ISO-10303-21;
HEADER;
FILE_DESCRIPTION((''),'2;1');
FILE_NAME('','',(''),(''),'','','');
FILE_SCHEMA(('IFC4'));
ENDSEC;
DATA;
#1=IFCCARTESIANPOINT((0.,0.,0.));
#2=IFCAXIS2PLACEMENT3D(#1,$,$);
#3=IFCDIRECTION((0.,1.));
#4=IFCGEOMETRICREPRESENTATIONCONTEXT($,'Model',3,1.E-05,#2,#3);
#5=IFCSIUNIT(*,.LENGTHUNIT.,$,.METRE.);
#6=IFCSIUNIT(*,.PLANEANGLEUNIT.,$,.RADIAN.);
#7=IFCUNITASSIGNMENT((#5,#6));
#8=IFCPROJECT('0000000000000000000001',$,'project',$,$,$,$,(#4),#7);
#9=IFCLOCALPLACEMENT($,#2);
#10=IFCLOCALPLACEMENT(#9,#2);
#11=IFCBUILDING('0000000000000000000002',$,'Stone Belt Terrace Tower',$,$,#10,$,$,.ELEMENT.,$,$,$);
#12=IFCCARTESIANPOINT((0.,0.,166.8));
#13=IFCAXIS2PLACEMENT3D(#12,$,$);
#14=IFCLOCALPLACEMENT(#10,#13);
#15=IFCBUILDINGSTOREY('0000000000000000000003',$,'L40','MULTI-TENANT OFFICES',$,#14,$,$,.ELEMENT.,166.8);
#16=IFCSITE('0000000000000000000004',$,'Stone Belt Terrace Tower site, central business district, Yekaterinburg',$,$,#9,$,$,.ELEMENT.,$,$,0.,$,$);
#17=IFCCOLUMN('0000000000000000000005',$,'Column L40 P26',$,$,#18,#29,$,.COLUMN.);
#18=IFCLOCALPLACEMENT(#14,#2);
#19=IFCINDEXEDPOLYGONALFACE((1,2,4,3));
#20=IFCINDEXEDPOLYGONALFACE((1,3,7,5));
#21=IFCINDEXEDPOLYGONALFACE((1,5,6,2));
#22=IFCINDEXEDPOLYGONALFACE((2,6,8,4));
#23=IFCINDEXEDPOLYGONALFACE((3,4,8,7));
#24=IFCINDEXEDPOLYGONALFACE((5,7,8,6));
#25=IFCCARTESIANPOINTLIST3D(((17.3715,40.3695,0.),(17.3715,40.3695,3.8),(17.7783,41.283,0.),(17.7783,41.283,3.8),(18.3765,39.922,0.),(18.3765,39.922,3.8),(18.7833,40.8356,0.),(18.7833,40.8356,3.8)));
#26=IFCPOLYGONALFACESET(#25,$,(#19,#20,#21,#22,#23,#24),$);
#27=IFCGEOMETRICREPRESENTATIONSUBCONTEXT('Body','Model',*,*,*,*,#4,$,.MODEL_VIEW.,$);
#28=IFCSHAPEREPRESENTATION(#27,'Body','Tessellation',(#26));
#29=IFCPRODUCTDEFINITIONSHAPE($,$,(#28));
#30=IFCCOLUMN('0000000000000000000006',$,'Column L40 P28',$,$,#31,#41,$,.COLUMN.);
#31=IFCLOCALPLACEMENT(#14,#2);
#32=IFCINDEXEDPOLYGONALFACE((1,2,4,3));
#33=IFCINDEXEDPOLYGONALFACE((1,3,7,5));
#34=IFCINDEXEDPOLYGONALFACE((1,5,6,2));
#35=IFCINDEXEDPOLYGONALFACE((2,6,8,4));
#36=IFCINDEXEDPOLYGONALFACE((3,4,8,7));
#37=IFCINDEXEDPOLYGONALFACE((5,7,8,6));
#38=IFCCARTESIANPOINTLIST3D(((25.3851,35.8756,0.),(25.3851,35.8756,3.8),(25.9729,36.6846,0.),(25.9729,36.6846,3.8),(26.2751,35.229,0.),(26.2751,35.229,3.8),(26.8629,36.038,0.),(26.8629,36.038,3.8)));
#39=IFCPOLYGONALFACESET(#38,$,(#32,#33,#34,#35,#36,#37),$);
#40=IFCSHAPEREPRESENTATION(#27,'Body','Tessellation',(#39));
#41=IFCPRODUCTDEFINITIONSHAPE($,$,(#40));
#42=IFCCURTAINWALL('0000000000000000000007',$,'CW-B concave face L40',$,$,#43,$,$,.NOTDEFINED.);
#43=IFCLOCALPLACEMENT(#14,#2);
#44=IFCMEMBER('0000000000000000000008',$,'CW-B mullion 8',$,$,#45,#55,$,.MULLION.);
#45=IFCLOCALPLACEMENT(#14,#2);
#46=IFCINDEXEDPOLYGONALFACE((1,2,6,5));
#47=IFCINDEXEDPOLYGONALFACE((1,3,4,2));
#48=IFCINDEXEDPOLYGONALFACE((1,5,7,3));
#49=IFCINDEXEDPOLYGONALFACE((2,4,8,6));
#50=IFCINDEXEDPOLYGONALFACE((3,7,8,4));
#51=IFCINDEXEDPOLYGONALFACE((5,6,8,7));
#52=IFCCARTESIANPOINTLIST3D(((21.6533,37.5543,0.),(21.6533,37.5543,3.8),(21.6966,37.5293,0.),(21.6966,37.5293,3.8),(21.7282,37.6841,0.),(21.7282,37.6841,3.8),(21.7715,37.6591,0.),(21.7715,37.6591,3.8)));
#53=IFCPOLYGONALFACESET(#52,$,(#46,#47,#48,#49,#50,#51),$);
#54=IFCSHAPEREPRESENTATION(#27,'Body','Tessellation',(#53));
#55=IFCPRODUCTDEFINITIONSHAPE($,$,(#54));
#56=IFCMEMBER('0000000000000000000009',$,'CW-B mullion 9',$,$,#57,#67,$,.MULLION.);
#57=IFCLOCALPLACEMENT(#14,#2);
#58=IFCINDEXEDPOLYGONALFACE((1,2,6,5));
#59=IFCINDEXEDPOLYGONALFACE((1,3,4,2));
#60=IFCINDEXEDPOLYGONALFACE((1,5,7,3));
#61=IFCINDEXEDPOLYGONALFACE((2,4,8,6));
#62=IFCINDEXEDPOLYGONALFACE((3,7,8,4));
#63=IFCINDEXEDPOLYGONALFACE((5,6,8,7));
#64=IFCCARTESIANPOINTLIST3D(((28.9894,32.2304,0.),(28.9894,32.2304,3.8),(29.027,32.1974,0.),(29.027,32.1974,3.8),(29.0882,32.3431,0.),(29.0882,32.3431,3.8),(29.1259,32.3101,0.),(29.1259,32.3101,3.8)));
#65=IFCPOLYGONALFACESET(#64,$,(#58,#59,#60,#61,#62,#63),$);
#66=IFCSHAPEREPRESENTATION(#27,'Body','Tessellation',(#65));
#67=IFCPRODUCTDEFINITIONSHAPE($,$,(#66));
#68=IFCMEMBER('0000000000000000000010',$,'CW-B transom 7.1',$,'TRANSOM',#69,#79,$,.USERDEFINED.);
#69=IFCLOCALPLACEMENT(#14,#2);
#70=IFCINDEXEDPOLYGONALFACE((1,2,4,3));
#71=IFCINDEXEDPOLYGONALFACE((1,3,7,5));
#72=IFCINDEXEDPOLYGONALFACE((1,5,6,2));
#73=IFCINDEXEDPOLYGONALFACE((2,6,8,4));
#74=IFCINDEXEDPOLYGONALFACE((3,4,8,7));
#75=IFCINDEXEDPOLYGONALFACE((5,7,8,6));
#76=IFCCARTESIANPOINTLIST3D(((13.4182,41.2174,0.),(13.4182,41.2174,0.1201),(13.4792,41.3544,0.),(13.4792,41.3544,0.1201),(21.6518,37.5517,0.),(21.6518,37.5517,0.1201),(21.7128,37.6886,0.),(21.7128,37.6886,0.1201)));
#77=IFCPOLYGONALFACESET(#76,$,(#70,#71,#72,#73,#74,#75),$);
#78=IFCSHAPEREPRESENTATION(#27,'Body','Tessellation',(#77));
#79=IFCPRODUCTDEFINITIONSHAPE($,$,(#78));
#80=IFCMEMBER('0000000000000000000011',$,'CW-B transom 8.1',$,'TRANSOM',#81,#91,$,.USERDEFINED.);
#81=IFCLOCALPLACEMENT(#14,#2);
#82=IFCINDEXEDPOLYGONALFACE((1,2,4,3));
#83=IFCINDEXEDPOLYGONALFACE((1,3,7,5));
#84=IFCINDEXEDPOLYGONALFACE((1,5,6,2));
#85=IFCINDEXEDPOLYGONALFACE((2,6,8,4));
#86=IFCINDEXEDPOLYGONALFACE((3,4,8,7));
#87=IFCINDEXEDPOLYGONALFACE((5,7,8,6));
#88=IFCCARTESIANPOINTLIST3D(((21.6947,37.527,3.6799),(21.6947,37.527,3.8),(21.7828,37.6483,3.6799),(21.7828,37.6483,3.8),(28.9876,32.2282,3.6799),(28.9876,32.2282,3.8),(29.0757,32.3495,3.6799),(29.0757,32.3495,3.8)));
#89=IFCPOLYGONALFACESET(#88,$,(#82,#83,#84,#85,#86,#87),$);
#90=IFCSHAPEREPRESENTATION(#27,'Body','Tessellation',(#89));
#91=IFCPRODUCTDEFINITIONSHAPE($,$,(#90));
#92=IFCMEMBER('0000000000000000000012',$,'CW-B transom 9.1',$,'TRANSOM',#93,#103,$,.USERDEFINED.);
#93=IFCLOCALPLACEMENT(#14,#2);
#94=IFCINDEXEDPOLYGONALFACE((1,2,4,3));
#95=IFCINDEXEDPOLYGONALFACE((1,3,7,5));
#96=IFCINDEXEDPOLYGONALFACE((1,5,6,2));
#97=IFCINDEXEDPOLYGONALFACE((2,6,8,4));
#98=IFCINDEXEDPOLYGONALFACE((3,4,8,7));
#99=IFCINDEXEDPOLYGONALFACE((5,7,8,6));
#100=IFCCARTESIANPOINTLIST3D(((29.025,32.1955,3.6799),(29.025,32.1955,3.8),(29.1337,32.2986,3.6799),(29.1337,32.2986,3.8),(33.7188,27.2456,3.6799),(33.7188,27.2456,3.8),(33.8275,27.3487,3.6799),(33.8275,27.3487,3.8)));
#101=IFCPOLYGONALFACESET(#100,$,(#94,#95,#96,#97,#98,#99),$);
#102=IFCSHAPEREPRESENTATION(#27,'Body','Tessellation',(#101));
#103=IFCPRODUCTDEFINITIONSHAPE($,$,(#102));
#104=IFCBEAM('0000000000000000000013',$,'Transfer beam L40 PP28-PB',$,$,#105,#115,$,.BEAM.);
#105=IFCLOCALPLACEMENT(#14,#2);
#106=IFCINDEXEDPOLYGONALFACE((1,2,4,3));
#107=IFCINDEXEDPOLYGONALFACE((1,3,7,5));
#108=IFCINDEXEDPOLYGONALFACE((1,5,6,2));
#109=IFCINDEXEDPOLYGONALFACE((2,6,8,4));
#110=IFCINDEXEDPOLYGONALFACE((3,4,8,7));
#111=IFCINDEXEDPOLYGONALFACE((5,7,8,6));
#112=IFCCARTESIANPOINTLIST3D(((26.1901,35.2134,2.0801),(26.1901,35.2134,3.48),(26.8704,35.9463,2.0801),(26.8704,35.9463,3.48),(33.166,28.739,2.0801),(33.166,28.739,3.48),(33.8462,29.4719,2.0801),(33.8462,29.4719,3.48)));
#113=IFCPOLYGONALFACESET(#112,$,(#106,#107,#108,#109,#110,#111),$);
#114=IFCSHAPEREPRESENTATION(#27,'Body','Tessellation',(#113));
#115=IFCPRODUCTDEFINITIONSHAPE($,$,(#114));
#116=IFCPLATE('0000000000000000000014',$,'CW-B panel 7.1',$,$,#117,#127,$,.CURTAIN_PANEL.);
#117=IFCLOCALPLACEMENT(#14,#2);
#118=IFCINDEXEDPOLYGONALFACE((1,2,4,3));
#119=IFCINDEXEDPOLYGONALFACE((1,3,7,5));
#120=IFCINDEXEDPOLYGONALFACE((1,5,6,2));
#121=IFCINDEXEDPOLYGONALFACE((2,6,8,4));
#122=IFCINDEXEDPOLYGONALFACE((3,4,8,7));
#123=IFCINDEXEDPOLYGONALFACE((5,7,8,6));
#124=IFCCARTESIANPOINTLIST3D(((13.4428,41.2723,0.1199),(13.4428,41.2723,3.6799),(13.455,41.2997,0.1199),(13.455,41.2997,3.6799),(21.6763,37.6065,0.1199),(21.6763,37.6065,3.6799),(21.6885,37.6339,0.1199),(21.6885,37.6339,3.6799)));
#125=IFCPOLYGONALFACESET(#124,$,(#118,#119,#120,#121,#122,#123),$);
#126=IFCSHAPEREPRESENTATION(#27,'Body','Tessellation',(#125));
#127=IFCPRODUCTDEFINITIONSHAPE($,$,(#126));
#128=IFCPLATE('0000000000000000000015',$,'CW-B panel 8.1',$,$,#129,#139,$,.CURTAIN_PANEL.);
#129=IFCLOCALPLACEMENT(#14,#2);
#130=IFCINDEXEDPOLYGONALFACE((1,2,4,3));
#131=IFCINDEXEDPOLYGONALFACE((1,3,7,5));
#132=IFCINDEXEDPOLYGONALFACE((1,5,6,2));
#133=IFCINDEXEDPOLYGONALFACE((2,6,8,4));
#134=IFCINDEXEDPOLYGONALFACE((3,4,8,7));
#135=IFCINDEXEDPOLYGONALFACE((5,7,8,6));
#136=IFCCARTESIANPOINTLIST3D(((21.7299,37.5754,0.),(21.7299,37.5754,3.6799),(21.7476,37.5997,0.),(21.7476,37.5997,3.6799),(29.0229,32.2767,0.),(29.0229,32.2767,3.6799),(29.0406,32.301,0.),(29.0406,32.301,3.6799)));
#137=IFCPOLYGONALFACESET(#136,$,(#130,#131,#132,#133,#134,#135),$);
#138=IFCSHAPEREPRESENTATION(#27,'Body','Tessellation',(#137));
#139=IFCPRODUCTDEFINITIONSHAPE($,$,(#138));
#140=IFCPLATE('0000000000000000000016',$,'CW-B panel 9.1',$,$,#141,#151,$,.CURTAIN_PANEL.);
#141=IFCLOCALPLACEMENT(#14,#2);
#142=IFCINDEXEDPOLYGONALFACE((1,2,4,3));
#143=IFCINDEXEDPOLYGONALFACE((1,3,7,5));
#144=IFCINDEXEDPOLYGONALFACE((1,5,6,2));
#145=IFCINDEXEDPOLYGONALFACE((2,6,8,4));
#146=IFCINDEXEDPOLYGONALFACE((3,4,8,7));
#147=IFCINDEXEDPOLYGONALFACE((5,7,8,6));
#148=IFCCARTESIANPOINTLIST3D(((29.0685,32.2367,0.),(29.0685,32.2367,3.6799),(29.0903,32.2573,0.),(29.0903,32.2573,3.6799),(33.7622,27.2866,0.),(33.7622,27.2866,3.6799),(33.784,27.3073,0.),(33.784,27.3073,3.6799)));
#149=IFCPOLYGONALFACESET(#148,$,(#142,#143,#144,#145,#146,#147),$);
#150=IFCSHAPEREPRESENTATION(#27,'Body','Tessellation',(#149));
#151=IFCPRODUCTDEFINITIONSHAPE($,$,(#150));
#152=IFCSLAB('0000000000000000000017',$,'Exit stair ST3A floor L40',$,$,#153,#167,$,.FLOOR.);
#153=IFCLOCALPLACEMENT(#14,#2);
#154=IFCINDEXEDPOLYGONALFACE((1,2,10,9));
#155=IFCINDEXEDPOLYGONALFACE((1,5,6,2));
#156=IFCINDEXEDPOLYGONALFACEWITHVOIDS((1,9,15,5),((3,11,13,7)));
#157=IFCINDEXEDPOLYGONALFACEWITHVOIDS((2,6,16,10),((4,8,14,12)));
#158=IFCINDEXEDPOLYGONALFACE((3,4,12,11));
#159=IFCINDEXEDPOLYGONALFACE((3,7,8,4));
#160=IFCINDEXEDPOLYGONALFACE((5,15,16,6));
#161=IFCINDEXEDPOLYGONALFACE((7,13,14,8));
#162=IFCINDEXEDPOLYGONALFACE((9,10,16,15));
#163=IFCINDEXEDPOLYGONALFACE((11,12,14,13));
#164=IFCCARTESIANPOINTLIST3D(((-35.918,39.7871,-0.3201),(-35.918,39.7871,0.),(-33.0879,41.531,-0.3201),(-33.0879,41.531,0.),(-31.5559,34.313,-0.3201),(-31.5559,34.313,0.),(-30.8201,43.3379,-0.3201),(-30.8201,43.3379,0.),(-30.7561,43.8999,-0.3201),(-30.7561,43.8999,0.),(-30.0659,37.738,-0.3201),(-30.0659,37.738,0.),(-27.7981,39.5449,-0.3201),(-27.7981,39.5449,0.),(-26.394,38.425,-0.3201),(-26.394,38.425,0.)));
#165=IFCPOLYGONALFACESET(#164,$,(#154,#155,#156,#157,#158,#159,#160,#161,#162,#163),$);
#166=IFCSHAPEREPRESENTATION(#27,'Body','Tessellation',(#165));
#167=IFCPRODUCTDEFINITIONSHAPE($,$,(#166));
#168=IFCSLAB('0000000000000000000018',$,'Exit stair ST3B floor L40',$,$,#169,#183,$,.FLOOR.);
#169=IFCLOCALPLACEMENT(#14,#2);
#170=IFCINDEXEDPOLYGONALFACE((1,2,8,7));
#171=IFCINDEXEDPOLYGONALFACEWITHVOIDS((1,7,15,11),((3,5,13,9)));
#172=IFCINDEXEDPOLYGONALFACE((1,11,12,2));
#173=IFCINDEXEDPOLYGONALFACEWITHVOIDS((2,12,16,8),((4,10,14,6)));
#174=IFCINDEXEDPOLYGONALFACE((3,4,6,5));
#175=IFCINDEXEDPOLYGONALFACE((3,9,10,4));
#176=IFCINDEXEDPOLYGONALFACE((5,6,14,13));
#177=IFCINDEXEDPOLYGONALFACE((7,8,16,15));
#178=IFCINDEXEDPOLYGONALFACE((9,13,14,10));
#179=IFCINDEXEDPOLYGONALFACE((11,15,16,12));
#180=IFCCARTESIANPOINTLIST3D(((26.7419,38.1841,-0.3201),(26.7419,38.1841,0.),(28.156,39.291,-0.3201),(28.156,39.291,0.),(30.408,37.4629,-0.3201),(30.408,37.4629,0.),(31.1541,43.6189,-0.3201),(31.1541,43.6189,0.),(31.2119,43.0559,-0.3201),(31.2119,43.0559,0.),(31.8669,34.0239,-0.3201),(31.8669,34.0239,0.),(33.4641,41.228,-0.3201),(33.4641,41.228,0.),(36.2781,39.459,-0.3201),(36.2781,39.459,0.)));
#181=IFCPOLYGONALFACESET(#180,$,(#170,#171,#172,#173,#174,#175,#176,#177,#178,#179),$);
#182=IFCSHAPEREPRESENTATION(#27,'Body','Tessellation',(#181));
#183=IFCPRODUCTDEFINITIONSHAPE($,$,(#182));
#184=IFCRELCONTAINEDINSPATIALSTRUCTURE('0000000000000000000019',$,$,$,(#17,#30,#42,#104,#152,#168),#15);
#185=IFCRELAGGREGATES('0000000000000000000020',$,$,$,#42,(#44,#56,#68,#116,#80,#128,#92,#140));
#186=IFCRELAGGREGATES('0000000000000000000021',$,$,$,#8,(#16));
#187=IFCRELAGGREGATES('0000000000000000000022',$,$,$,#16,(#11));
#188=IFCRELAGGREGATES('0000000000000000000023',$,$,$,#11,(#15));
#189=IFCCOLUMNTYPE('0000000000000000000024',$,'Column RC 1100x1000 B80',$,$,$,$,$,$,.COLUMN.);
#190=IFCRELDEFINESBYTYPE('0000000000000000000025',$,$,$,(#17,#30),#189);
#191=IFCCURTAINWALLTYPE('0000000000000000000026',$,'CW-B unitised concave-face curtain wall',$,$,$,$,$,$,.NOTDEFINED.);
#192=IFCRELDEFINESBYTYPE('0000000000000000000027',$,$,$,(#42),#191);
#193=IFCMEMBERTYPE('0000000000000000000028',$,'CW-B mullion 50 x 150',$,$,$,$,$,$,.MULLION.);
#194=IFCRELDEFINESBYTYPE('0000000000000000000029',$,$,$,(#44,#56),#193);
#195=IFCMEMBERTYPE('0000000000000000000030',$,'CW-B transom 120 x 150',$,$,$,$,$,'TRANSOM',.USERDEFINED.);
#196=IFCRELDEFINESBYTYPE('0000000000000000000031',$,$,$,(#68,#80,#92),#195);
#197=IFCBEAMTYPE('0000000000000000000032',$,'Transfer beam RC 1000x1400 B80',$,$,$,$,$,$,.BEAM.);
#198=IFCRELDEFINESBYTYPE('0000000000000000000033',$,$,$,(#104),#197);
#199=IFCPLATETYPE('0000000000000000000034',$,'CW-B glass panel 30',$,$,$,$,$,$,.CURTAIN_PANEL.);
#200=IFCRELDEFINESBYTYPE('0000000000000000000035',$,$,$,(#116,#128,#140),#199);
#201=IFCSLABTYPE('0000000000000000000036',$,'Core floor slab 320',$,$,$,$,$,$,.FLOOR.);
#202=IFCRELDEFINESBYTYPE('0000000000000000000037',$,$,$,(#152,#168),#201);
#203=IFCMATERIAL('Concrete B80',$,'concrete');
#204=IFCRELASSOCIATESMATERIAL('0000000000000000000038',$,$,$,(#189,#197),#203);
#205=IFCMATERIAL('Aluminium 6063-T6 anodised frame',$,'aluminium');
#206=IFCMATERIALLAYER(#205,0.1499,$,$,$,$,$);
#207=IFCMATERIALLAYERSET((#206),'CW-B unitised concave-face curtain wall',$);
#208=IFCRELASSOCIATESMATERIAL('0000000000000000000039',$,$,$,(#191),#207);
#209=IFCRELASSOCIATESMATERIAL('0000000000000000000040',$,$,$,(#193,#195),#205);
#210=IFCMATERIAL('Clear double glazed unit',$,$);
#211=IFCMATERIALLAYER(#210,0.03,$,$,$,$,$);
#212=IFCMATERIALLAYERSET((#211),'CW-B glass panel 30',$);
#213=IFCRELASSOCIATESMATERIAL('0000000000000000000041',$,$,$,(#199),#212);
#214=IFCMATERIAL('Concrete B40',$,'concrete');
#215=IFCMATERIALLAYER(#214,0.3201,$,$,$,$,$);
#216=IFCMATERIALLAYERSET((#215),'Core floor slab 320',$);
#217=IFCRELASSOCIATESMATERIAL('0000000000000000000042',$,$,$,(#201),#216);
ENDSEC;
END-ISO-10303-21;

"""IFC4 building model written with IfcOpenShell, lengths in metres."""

from ifc_helpers import new_model, si_unit, direction, frame, origin, origin_2d, place, context, subcontext, project, spatial, polyline, rectangle, outline, extrude, material, layer, layer_set, material_profile, profile_set, type_object, element, aggregate, save


model = new_model("IFC4")

# Units and contexts
model_context = context("Model", 3, precision=1e-05, world=origin(), true_north=direction((0.0, 1.0)))
body_context = subcontext(model_context, "Body", "Model", "MODEL_VIEW")
ifc_project = project(units=[si_unit("LENGTHUNIT", "METRE"), si_unit("PLANEANGLEUNIT", "RADIAN")], contexts=[model_context])

# Site, building, storey
site_placement = place(None, origin())
site = spatial("IfcSite", under=ifc_project, at=site_placement, Name="Stone Belt Terrace Tower site, central business district, Yekaterinburg", CompositionType="ELEMENT", RefElevation=0.0)
building_placement = place(site_placement, origin())
building = spatial("IfcBuilding", under=site, at=building_placement, Name="Stone Belt Terrace Tower", CompositionType="ELEMENT")
storey_placement = place(building_placement, frame((0.0, 0.0, 166.8)))
storey = spatial("IfcBuildingStorey", under=building, at=storey_placement, Name="L40", Description="MULTI-TENANT OFFICES", CompositionType="ELEMENT", Elevation=166.8)

# Columns
ifc_material_1 = material(Name="Concrete B80", Category="concrete")
ifc_material_profile_1 = material_profile(ifc_material_1, rectangle(XDim=1.1001, YDim=1.0, at=origin_2d()), Name="RC 1100x1000")
ifc_profile_set_1 = profile_set([ifc_material_profile_1], Name="Concrete B80")
column_type = type_object("IfcColumnType", Name="Column RC 1100x1000 B80", PredefinedType="COLUMN", material=ifc_profile_set_1)
for number, where, z_axis, x_axis, name in (
    (1, (18.0774, 40.6025, 0.0), (0.0, 0.0, 1.0), (0.913545, -0.406737, 0.0), "Column L40 P26"),
    (2, (26.124, 35.9568, 0.0), (0.0, 0.0, 1.0), (0.809017, -0.587785, 0.0), "Column L40 P28"),
):
    element("IfcColumn", number, at=place(storey_placement, frame(where, z_axis=z_axis, x_axis=x_axis)), inside=storey, type_object=column_type, Name=name, PredefinedType="COLUMN", context=body_context, shape_type="SweptSolid", body=[
        extrude(rectangle(XDim=1.1001, YDim=1.0, at=origin_2d()), origin(), (0.0, 0.0, 1.0), 3.8),
    ])

# Curtain wall, members
ifc_material_2 = material(Name="Aluminium 6063-T6 anodised frame", Category="aluminium")
ifc_layer_1 = layer(ifc_material_2, 0.1499)
ifc_layer_set_1 = layer_set([ifc_layer_1], Name="CW-B unitised concave-face curtain wall")
curtain_wall_type = type_object("IfcCurtainWallType", Name="CW-B unitised concave-face curtain wall", PredefinedType="NOTDEFINED", material=ifc_layer_set_1)
curtain_wall_placement = place(storey_placement, origin())
curtain_wall = element("IfcCurtainWall", 3, at=curtain_wall_placement, inside=storey, type_object=curtain_wall_type, Name="CW-B concave face L40", PredefinedType="NOTDEFINED")
ifc_material_profile_2 = material_profile(ifc_material_2, rectangle(XDim=0.1499, YDim=0.05, at=origin_2d()), Name="Aluminium 6063-T6 50x150")
ifc_profile_set_2 = profile_set([ifc_material_profile_2], Name="Aluminium 6063-T6 anodised frame")
member_type_1 = type_object("IfcMemberType", Name="CW-B mullion 50 x 150", PredefinedType="MULLION", material=ifc_profile_set_2)
member_1_placement = place(storey_placement, frame((21.7124, 37.6067, 0.0), z_axis=(0.0, 0.0, 1.0), x_axis=(0.5, 0.866025, 0.0)))
member_1 = element("IfcMember", 4, at=member_1_placement, type_object=member_type_1, Name="CW-B mullion 8", PredefinedType="MULLION", context=body_context, shape_type="SweptSolid", body=[
    extrude(rectangle(XDim=0.1499, YDim=0.05, at=origin_2d()), origin(), (0.0, 0.0, 1.0), 3.8),
])
member_2_placement = place(storey_placement, frame((29.0576, 32.2703, 0.0), z_axis=(0.0, 0.0, 1.0), x_axis=(0.659495, 0.751709, 0.0)))
member_2 = element("IfcMember", 5, at=member_2_placement, type_object=member_type_1, Name="CW-B mullion 9", PredefinedType="MULLION", context=body_context, shape_type="SweptSolid", body=[
    extrude(rectangle(XDim=0.1499, YDim=0.05, at=origin_2d()), origin(), (0.0, 0.0, 1.0), 3.8),
])
ifc_material_profile_3 = material_profile(ifc_material_2, rectangle(XDim=0.1499, YDim=0.1201, at=origin_2d()), Name="Aluminium 6063-T6 150x120")
ifc_profile_set_3 = profile_set([ifc_material_profile_3], Name="Aluminium 6063-T6 anodised frame")
member_type_2 = type_object("IfcMemberType", Name="CW-B transom 120 x 150", ElementType="TRANSOM", PredefinedType="USERDEFINED", material=ifc_profile_set_3)
member_3_placement = place(storey_placement, frame((13.4487, 41.2859, 0.0601), z_axis=(0.913549, -0.406729, 0.0), x_axis=(0.406729, 0.913549, 0.0)))
member_3 = element("IfcMember", 6, at=member_3_placement, type_object=member_type_2, Name="CW-B transom 7.1", ObjectType="TRANSOM", PredefinedType="USERDEFINED", context=body_context, shape_type="SweptSolid", body=[
    extrude(rectangle(XDim=0.1499, YDim=0.1201, at=origin_2d()), origin(), (0.0, 0.0, 1.0), 9.0127),
])
member_4_placement = place(storey_placement, frame((21.7388, 37.5876, 3.74), z_axis=(0.809008, -0.587798, 0.0), x_axis=(0.587798, 0.809008, 0.0)))
member_4 = element("IfcMember", 7, at=member_4_placement, type_object=member_type_2, Name="CW-B transom 8.1", ObjectType="TRANSOM", PredefinedType="USERDEFINED", context=body_context, shape_type="SweptSolid", body=[
    extrude(rectangle(XDim=0.1499, YDim=0.1201, at=origin_2d()), origin(), (0.0, 0.0, 1.0), 9.0146),
])
member_5_placement = place(storey_placement, frame((29.0793, 32.2471, 3.74), z_axis=(0.688086, -0.725629, 0.0), x_axis=(0.725629, 0.688086, 0.0)))
member_5 = element("IfcMember", 8, at=member_5_placement, type_object=member_type_2, Name="CW-B transom 9.1", ObjectType="TRANSOM", PredefinedType="USERDEFINED", context=body_context, shape_type="SweptSolid", body=[
    extrude(rectangle(XDim=0.1499, YDim=0.1201, at=origin_2d()), origin(), (0.0, 0.0, 1.0), 6.8215),
])

# Beam
ifc_material_profile_4 = material_profile(ifc_material_1, rectangle(XDim=1.0, YDim=1.3999, at=origin_2d()), Name="RC 1000x1400")
ifc_profile_set_4 = profile_set([ifc_material_profile_4], Name="Concrete B80")
beam_type = type_object("IfcBeamType", Name="Transfer beam RC 1000x1400 B80", PredefinedType="BEAM", material=ifc_profile_set_4)
beam_placement = place(storey_placement, frame((26.5303, 35.5798, 2.78), z_axis=(0.732961, -0.680271, 0.0), x_axis=(0.680271, 0.732961, 0.0)))
element("IfcBeam", 9, at=beam_placement, inside=storey, type_object=beam_type, Name="Transfer beam L40 PP28-PB", PredefinedType="BEAM", context=body_context, shape_type="SweptSolid", body=[
    extrude(rectangle(XDim=1.0, YDim=1.3999, at=origin_2d()), origin(), (0.0, 0.0, 1.0), 9.5173),
])

# Plates
ifc_material_3 = material(Name="Clear double glazed unit")
ifc_layer_2 = layer(ifc_material_3, 0.03)
ifc_layer_set_2 = layer_set([ifc_layer_2], Name="CW-B glass panel 30")
plate_type = type_object("IfcPlateType", Name="CW-B glass panel 30", PredefinedType="CURTAIN_PANEL", material=ifc_layer_set_2)
plate_1_placement = place(storey_placement, frame((17.5657, 39.4531, 0.1199), z_axis=(0.0, 0.0, 1.0), x_axis=(0.913545, -0.406737, 0.0)))
plate_1 = element("IfcPlate", 10, at=plate_1_placement, type_object=plate_type, Name="CW-B panel 7.1", PredefinedType="CURTAIN_PANEL", context=body_context, shape_type="SweptSolid", body=[
    extrude(rectangle(XDim=9.0127, YDim=0.03, at=origin_2d()), origin(), (0.0, 0.0, 1.0), 3.5601),
])
plate_2_placement = place(storey_placement, frame((25.3853, 34.9382, 0.0), z_axis=(0.0, 0.0, 1.0), x_axis=(0.809017, -0.587785, 0.0)))
plate_2 = element("IfcPlate", 11, at=plate_2_placement, type_object=plate_type, Name="CW-B panel 8.1", PredefinedType="CURTAIN_PANEL", context=body_context, shape_type="SweptSolid", body=[
    extrude(rectangle(XDim=9.0146, YDim=0.03, at=origin_2d()), origin(), (0.0, 0.0, 1.0), 3.6799),
])
plate_3_placement = place(storey_placement, frame((31.4263, 29.772, 0.0), z_axis=(0.0, 0.0, 1.0), x_axis=(0.688068, -0.725647, 0.0)))
plate_3 = element("IfcPlate", 12, at=plate_3_placement, type_object=plate_type, Name="CW-B panel 9.1", PredefinedType="CURTAIN_PANEL", context=body_context, shape_type="SweptSolid", body=[
    extrude(rectangle(XDim=6.8215, YDim=0.03, at=origin_2d()), origin(), (0.0, 0.0, 1.0), 3.6799),
])
aggregate(curtain_wall, [member_1, member_2, member_3, plate_1, member_4, plate_2, member_5, plate_3])

# Slabs
ifc_material_4 = material(Name="Concrete B40", Category="concrete")
ifc_layer_3 = layer(ifc_material_4, 0.3201)
ifc_layer_set_3 = layer_set([ifc_layer_3], Name="Core floor slab 320")
slab_type = type_object("IfcSlabType", Name="Core floor slab 320", PredefinedType="FLOOR", material=ifc_layer_set_3)
slab_1_placement = place(storey_placement, frame((0.0, 0.0, -0.3201)))
element("IfcSlab", 13, at=slab_1_placement, inside=storey, type_object=slab_type, Name="Exit stair ST3A floor L40", PredefinedType="FLOOR", context=body_context, shape_type="SweptSolid", body=[
    extrude(outline(polyline([(-26.394, 38.425), (-30.7561, 43.8999), (-35.918, 39.7871), (-31.5559, 34.313), (-26.394, 38.425)]), holes=[polyline([(-27.7981, 39.5449), (-30.0659, 37.738), (-33.0879, 41.531), (-30.8201, 43.3379), (-27.7981, 39.5449)])]), origin(), (0.0, 0.0, 1.0), 0.3201),
])
slab_2_placement = place(storey_placement, frame((0.0, 0.0, -0.3201)))
element("IfcSlab", 14, at=slab_2_placement, inside=storey, type_object=slab_type, Name="Exit stair ST3B floor L40", PredefinedType="FLOOR", context=body_context, shape_type="SweptSolid", body=[
    extrude(outline(polyline([(26.7419, 38.1841), (31.8669, 34.0239), (36.2781, 39.459), (31.1541, 43.6189), (26.7419, 38.1841)]), holes=[polyline([(30.408, 37.4629), (28.156, 39.291), (31.2119, 43.0559), (33.4641, 41.228), (30.408, 37.4629)])]), origin(), (0.0, 0.0, 1.0), 0.3201),
])

save(model, "model.ifc")
